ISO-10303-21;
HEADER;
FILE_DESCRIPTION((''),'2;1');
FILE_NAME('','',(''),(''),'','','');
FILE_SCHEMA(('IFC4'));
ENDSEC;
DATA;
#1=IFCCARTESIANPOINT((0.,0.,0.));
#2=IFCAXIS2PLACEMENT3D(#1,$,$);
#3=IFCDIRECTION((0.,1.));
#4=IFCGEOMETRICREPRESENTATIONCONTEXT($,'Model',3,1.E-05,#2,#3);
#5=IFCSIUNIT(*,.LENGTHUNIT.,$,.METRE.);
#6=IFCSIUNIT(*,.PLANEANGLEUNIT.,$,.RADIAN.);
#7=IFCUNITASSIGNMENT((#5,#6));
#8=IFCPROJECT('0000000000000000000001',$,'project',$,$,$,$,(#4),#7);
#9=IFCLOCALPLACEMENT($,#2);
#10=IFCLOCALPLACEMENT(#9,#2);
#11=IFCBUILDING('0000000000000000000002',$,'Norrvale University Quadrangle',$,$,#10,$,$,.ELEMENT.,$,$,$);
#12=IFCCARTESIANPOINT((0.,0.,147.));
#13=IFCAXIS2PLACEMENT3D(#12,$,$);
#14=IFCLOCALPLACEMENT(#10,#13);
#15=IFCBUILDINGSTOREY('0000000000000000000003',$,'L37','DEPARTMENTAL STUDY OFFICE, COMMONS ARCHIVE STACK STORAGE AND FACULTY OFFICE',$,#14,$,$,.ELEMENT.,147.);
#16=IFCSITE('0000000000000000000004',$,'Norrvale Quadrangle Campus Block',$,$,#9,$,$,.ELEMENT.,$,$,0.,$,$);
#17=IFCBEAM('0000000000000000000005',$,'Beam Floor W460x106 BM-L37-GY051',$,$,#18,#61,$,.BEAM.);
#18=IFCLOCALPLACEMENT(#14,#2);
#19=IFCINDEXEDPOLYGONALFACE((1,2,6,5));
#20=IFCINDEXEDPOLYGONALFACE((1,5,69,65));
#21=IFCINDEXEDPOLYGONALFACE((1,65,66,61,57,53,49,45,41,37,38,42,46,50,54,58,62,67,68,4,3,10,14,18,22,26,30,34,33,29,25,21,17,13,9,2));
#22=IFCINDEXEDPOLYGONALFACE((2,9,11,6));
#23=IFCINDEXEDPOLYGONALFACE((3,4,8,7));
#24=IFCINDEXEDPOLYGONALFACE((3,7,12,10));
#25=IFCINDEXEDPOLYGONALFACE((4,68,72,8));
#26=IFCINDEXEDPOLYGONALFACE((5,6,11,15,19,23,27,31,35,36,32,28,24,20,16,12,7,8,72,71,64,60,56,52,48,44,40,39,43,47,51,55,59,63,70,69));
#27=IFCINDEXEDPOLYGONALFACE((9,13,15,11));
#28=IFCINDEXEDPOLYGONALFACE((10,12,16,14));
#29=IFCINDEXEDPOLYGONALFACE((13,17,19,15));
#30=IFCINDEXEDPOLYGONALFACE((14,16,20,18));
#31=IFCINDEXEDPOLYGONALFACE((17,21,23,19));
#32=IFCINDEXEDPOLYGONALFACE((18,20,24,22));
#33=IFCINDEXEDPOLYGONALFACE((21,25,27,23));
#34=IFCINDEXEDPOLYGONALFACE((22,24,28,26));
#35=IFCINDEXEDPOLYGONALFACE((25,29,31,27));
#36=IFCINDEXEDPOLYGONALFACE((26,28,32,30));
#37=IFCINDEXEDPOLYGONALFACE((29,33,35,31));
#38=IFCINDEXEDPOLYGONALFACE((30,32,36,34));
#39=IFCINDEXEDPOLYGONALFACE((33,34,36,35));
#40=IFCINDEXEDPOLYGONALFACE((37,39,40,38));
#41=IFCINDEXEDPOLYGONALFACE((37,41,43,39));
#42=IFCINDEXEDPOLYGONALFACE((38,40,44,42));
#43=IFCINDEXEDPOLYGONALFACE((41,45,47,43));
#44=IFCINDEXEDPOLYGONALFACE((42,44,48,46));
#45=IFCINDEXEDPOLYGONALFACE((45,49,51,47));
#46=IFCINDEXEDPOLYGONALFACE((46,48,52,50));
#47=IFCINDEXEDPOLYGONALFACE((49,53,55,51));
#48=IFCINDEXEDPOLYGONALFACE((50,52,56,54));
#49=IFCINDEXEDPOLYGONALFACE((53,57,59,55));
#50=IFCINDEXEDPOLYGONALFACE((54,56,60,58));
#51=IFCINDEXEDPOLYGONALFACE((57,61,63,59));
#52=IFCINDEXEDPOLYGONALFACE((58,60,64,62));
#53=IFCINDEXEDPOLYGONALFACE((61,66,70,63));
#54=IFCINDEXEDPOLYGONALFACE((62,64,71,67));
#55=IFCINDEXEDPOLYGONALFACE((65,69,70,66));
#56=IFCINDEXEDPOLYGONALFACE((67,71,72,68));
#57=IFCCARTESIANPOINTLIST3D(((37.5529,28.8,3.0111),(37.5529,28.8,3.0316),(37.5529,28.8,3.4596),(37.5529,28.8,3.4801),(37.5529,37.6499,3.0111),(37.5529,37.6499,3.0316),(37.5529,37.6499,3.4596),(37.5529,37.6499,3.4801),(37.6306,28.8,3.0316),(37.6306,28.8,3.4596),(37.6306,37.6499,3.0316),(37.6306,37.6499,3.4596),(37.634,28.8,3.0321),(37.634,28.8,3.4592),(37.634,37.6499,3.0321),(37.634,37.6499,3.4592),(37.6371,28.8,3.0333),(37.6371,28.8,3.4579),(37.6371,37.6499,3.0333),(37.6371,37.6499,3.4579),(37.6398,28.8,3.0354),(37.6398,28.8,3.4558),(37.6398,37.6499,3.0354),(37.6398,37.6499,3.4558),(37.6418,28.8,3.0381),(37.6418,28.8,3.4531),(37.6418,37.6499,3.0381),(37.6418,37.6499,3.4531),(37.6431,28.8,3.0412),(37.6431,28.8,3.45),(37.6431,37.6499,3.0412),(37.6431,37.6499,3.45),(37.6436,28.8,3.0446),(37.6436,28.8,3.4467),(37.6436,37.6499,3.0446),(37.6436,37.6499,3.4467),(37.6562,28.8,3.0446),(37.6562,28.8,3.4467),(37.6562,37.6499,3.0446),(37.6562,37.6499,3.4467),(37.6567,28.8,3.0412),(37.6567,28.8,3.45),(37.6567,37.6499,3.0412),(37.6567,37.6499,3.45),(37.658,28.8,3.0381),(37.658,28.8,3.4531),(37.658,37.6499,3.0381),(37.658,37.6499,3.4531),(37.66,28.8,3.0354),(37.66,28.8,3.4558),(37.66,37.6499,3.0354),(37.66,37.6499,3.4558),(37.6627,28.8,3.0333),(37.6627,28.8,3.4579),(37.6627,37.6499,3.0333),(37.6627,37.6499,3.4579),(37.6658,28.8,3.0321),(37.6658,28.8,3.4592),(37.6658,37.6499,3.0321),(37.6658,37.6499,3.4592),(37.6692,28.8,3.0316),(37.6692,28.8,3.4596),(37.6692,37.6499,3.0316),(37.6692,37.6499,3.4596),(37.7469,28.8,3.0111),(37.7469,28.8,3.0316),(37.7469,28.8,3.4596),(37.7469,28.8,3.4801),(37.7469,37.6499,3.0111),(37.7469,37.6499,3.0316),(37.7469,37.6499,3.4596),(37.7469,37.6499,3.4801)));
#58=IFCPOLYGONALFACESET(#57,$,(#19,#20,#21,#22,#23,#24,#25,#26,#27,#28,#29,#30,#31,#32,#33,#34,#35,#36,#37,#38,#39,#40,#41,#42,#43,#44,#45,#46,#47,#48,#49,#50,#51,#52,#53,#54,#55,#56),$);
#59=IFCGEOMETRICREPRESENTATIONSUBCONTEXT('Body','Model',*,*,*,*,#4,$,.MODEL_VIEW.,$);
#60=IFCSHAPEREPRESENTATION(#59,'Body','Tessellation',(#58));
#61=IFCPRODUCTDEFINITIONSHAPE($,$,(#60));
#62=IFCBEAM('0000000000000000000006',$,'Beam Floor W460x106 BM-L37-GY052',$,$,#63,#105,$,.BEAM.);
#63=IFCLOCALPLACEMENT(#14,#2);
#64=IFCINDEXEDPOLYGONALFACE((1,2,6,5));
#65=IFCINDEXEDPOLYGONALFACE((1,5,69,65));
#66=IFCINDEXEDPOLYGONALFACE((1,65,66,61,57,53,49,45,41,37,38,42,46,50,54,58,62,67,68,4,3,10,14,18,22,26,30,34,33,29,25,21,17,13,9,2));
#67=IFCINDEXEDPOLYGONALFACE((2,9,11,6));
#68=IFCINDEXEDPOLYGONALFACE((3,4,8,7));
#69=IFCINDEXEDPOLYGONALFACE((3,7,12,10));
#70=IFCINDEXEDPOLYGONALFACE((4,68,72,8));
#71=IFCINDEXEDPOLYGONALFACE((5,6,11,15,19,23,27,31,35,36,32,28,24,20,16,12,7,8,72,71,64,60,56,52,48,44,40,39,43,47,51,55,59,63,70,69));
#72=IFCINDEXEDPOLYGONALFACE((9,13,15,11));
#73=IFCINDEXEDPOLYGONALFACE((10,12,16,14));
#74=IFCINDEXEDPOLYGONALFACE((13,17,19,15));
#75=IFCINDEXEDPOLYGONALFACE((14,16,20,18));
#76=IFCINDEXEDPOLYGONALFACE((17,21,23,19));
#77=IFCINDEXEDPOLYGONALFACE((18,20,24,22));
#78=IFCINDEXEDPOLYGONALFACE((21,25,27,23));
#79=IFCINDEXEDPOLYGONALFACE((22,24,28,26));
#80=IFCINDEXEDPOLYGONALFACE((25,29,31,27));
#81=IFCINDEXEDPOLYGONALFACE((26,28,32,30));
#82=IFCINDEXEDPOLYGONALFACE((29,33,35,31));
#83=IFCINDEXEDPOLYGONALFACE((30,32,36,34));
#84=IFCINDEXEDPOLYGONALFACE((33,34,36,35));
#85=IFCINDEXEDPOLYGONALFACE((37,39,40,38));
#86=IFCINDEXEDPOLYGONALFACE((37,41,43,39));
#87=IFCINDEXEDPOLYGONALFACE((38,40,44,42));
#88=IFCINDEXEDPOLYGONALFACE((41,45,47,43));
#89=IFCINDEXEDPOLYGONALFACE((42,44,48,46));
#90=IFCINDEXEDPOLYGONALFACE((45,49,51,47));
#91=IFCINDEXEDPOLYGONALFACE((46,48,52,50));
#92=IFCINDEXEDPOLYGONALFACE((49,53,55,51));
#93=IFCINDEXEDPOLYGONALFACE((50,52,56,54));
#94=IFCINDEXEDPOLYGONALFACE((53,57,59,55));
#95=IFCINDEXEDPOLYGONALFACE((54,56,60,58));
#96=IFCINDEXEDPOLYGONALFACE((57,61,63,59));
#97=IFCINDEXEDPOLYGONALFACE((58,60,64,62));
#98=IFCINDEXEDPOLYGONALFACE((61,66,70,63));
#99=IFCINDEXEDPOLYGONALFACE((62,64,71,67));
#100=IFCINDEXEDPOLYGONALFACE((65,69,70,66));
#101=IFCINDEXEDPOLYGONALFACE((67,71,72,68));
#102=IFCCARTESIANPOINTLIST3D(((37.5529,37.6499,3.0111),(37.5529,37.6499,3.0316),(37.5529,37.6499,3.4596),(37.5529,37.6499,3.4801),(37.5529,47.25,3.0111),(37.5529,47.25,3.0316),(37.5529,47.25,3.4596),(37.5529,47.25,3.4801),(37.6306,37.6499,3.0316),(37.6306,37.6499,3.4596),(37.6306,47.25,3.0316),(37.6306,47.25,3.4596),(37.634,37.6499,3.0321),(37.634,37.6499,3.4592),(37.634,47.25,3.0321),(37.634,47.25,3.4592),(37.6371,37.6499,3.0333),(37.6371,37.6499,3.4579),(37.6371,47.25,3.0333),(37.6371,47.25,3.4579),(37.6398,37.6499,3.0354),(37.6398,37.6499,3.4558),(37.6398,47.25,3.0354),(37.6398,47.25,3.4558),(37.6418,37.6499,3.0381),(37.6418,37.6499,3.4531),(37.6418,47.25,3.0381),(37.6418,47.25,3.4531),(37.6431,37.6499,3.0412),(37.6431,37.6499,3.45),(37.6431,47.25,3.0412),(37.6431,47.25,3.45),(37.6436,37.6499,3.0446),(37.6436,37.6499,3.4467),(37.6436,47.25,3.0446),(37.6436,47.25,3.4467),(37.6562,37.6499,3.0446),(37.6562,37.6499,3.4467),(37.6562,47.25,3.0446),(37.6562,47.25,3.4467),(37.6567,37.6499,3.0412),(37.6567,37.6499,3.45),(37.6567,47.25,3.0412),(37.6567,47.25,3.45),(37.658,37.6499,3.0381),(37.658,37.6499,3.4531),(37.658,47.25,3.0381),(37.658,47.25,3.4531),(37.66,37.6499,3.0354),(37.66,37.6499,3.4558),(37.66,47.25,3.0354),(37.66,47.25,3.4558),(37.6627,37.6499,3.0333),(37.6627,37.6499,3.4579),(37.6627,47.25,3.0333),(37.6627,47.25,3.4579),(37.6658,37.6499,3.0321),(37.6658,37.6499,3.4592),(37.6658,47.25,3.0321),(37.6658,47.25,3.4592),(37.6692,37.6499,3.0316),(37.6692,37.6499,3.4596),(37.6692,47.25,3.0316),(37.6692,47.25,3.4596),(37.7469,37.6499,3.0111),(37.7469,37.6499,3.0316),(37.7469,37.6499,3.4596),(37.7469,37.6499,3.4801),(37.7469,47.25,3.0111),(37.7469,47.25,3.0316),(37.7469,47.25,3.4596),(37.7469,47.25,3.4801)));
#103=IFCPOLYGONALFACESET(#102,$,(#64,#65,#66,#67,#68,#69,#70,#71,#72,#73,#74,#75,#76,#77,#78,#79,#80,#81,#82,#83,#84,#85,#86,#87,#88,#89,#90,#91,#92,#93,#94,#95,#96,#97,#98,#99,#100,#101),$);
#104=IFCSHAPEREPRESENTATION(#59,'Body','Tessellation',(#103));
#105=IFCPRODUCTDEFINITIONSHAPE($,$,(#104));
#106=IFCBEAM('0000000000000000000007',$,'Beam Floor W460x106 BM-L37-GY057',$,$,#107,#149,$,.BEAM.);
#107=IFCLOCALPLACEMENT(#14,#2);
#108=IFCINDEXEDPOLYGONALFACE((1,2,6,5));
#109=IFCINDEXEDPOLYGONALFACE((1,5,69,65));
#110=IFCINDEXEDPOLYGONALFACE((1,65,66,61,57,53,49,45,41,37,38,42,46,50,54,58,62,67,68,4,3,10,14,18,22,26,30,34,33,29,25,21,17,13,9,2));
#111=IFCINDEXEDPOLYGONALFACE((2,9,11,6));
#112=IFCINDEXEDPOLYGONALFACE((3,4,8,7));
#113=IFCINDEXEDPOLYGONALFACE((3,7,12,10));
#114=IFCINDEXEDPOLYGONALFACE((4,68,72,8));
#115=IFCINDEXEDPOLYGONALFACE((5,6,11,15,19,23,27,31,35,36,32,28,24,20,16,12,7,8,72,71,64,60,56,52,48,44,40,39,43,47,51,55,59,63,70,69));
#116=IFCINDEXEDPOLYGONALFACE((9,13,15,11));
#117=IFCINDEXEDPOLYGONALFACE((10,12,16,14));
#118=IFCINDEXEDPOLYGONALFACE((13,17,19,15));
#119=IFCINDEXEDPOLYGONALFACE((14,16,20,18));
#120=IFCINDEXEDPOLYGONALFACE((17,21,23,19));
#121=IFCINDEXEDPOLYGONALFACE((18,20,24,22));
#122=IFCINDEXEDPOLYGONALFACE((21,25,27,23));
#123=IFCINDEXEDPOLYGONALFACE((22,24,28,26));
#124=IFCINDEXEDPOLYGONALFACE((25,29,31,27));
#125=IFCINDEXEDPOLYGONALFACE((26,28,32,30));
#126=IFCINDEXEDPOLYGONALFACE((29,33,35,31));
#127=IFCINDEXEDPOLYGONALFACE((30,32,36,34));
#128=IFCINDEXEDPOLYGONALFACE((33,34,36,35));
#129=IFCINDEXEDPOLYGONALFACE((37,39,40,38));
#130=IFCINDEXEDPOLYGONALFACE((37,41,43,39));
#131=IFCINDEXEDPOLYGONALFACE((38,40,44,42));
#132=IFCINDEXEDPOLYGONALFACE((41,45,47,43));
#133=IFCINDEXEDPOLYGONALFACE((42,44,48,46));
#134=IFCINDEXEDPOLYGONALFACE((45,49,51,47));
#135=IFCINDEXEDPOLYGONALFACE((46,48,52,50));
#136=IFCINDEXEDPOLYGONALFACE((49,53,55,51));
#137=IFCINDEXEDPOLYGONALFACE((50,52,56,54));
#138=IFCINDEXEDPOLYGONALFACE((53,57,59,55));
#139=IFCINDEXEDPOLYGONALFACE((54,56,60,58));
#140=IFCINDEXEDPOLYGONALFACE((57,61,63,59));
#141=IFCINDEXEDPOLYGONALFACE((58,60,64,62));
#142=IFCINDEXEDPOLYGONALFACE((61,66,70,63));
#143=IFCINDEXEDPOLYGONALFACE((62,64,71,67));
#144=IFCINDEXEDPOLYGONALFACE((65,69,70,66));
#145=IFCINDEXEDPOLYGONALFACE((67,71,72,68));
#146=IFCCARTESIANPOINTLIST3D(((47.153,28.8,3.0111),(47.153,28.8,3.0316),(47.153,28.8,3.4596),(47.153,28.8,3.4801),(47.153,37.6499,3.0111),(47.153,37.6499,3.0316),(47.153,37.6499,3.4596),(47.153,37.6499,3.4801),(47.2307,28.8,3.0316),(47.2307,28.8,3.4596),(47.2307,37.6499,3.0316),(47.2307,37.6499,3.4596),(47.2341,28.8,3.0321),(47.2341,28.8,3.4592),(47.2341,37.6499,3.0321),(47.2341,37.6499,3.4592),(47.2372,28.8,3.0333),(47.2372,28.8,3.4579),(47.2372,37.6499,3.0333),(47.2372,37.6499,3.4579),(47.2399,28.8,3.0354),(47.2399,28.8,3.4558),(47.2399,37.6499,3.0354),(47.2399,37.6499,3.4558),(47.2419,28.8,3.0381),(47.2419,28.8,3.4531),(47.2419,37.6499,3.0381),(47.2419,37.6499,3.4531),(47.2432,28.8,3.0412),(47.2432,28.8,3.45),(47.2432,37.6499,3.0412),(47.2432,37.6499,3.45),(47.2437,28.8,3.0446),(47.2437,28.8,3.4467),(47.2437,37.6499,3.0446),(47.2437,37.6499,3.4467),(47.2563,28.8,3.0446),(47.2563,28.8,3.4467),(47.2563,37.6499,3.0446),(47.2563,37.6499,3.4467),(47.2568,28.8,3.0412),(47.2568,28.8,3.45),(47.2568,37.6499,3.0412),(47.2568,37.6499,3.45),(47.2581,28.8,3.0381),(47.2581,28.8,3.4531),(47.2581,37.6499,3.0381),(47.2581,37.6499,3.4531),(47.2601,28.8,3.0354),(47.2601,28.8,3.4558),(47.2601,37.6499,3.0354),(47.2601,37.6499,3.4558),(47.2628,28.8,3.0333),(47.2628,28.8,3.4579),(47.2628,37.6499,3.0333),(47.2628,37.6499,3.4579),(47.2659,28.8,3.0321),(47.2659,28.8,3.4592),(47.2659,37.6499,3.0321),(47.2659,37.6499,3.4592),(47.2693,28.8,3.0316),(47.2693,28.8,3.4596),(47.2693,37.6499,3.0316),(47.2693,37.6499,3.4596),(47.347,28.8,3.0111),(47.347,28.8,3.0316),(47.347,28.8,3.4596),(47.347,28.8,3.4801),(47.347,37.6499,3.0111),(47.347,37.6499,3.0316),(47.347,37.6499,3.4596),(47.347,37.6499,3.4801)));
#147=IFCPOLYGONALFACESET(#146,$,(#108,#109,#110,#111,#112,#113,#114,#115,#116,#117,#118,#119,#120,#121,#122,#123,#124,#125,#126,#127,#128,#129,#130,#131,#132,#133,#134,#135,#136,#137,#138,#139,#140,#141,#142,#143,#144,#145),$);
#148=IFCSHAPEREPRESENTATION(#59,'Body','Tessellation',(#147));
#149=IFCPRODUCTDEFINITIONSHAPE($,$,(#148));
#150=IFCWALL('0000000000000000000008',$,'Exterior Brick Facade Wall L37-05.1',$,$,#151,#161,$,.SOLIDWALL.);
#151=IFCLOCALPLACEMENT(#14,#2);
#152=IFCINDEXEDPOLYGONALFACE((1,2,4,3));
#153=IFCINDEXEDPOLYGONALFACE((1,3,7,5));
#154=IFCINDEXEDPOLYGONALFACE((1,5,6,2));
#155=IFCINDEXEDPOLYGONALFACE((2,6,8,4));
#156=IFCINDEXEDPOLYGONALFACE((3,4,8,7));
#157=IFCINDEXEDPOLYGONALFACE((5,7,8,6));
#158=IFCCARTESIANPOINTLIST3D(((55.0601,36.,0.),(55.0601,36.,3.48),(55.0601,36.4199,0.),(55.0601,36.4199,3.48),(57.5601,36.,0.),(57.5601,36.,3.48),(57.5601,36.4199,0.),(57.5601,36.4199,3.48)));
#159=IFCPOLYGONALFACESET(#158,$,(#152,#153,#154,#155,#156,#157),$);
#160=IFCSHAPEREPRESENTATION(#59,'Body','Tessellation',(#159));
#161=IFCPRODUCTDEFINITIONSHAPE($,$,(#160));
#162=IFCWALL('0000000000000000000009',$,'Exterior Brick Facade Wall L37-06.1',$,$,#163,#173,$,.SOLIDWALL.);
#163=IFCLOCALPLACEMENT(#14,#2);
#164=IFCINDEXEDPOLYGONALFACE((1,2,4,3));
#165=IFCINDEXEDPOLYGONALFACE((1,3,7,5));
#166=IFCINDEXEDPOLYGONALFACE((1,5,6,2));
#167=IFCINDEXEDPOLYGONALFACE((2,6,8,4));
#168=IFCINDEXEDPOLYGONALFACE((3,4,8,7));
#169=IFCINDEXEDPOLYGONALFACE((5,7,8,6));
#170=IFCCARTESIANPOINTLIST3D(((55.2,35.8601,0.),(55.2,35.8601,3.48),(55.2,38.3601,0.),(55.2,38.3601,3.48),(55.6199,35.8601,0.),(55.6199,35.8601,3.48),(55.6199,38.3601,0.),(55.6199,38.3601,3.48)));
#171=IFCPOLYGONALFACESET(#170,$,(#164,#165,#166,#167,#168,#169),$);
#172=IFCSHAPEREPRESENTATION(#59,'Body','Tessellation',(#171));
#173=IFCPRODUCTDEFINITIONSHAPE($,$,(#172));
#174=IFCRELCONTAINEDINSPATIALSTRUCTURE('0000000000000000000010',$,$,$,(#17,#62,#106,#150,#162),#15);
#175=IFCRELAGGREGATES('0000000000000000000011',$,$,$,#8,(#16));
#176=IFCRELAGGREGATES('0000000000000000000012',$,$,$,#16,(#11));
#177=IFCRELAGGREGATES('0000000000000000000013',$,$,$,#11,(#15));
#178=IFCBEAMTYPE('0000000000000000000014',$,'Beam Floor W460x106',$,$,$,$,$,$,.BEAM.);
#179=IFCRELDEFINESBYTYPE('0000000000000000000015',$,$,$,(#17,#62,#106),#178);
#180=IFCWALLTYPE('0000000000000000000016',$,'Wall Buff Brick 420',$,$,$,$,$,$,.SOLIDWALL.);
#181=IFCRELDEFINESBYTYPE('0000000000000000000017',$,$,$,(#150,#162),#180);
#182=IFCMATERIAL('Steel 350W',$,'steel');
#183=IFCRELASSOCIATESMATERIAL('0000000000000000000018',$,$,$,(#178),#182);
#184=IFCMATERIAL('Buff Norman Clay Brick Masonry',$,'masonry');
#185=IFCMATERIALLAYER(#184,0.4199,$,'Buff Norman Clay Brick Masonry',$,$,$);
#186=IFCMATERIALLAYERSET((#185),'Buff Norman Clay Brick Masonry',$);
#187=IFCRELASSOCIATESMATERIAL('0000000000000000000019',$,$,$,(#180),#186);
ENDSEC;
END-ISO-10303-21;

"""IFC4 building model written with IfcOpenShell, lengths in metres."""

from ifc_helpers import new_model, si_unit, direction, frame, frame_2d, origin, origin_2d, place, context, subcontext, project, spatial, rectangle, i_section, extrude, material, layer, layer_set, material_profile, profile_set, type_object, element, save


model = new_model("IFC4")

# Units and contexts
model_context = context("Model", 3, precision=1e-05, world=origin(), true_north=direction((0.0, 1.0)))
body_context = subcontext(model_context, "Body", "Model", "MODEL_VIEW")
ifc_project = project(units=[si_unit("LENGTHUNIT", "METRE"), si_unit("PLANEANGLEUNIT", "RADIAN")], contexts=[model_context])

# Site, building, storey
site_placement = place(None, origin())
site = spatial("IfcSite", under=ifc_project, at=site_placement, Name="Norrvale Quadrangle Campus Block", CompositionType="ELEMENT", RefElevation=0.0)
building_placement = place(site_placement, origin())
building = spatial("IfcBuilding", under=site, at=building_placement, Name="Norrvale University Quadrangle", CompositionType="ELEMENT")
storey_placement = place(building_placement, frame((0.0, 0.0, 147.0)))
storey = spatial("IfcBuildingStorey", under=building, at=storey_placement, Name="L37", Description="DEPARTMENTAL STUDY OFFICE, COMMONS ARCHIVE STACK STORAGE AND FACULTY OFFICE", CompositionType="ELEMENT", Elevation=147.0)

# Beams
ifc_material_1 = material(Name="Steel 350W", Category="steel")
ifc_material_profile_1 = material_profile(ifc_material_1, i_section(OverallWidth=0.1941, OverallDepth=0.469, WebThickness=0.0127, FlangeThickness=0.0205, FilletRadius=0.0129, at=origin_2d()), Name="Steel 350W")
ifc_profile_set_1 = profile_set([ifc_material_profile_1], Name="Steel 350W")
beam_type_1 = type_object("IfcBeamType", Name="Beam Floor W460x106", PredefinedType="BEAM", material=ifc_profile_set_1)
beam_1_placement = place(storey_placement, frame((37.6499, 28.8, 3.2456), z_axis=(0.0, 1.0, 0.0), x_axis=(-1.0, 0.0, 0.0)))
element("IfcBeam", 1, at=beam_1_placement, inside=storey, type_object=beam_type_1, Name="Beam Floor W460x106 BM-L37-GY051", PredefinedType="BEAM", context=body_context, shape_type="SweptSolid", body=[
    extrude(i_section(OverallWidth=0.1941, OverallDepth=0.469, WebThickness=0.0127, FlangeThickness=0.0205, FilletRadius=0.0129, at=origin_2d()), origin(), (0.0, 0.0, 1.0), 8.8499),
])
beam_2_placement = place(storey_placement, frame((37.6499, 37.6499, 3.2456), z_axis=(0.0, 1.0, 0.0), x_axis=(-1.0, 0.0, 0.0)))
element("IfcBeam", 2, at=beam_2_placement, inside=storey, type_object=beam_type_1, Name="Beam Floor W460x106 BM-L37-GY052", PredefinedType="BEAM", context=body_context, shape_type="SweptSolid", body=[
    extrude(i_section(OverallWidth=0.1941, OverallDepth=0.469, WebThickness=0.0127, FlangeThickness=0.0205, FilletRadius=0.0129, at=origin_2d()), origin(), (0.0, 0.0, 1.0), 9.6001),
])
beam_3_placement = place(storey_placement, frame((47.25, 28.8, 3.2456), z_axis=(0.0, 1.0, 0.0), x_axis=(-1.0, 0.0, 0.0)))
element("IfcBeam", 3, at=beam_3_placement, inside=storey, type_object=beam_type_1, Name="Beam Floor W460x106 BM-L37-GY057", PredefinedType="BEAM", context=body_context, shape_type="SweptSolid", body=[
    extrude(i_section(OverallWidth=0.1941, OverallDepth=0.469, WebThickness=0.0127, FlangeThickness=0.0205, FilletRadius=0.0129, at=origin_2d()), origin(), (0.0, 0.0, 1.0), 8.8499),
])

# Walls
ifc_material_2 = material(Name="Buff Norman Clay Brick Masonry", Category="masonry")
ifc_layer = layer(ifc_material_2, 0.4199, Name="Buff Norman Clay Brick Masonry")
ifc_layer_set = layer_set([ifc_layer], Name="Buff Norman Clay Brick Masonry")
wall_type = type_object("IfcWallType", Name="Wall Buff Brick 420", PredefinedType="SOLIDWALL", material=ifc_layer_set)
for number, where, z_axis, x_axis, name in (
    (4, (57.5601, 36.21, 0.0), (0.0, 0.0, 1.0), (-1.0, 0.0, 0.0), "Exterior Brick Facade Wall L37-05.1"),
    (5, (55.4099, 35.8601, 0.0), (0.0, 0.0, 1.0), (0.0, 1.0, 0.0), "Exterior Brick Facade Wall L37-06.1"),
):
    element("IfcWall", number, at=place(storey_placement, frame(where, z_axis=z_axis, x_axis=x_axis)), inside=storey, type_object=wall_type, Name=name, PredefinedType="SOLIDWALL", context=body_context, shape_type="SweptSolid", body=[
        extrude(rectangle(XDim=2.5, YDim=0.4199, at=frame_2d((1.25, 0.0))), origin(), (0.0, 0.0, 1.0), 3.48),
    ])

save(model, "model.ifc")
